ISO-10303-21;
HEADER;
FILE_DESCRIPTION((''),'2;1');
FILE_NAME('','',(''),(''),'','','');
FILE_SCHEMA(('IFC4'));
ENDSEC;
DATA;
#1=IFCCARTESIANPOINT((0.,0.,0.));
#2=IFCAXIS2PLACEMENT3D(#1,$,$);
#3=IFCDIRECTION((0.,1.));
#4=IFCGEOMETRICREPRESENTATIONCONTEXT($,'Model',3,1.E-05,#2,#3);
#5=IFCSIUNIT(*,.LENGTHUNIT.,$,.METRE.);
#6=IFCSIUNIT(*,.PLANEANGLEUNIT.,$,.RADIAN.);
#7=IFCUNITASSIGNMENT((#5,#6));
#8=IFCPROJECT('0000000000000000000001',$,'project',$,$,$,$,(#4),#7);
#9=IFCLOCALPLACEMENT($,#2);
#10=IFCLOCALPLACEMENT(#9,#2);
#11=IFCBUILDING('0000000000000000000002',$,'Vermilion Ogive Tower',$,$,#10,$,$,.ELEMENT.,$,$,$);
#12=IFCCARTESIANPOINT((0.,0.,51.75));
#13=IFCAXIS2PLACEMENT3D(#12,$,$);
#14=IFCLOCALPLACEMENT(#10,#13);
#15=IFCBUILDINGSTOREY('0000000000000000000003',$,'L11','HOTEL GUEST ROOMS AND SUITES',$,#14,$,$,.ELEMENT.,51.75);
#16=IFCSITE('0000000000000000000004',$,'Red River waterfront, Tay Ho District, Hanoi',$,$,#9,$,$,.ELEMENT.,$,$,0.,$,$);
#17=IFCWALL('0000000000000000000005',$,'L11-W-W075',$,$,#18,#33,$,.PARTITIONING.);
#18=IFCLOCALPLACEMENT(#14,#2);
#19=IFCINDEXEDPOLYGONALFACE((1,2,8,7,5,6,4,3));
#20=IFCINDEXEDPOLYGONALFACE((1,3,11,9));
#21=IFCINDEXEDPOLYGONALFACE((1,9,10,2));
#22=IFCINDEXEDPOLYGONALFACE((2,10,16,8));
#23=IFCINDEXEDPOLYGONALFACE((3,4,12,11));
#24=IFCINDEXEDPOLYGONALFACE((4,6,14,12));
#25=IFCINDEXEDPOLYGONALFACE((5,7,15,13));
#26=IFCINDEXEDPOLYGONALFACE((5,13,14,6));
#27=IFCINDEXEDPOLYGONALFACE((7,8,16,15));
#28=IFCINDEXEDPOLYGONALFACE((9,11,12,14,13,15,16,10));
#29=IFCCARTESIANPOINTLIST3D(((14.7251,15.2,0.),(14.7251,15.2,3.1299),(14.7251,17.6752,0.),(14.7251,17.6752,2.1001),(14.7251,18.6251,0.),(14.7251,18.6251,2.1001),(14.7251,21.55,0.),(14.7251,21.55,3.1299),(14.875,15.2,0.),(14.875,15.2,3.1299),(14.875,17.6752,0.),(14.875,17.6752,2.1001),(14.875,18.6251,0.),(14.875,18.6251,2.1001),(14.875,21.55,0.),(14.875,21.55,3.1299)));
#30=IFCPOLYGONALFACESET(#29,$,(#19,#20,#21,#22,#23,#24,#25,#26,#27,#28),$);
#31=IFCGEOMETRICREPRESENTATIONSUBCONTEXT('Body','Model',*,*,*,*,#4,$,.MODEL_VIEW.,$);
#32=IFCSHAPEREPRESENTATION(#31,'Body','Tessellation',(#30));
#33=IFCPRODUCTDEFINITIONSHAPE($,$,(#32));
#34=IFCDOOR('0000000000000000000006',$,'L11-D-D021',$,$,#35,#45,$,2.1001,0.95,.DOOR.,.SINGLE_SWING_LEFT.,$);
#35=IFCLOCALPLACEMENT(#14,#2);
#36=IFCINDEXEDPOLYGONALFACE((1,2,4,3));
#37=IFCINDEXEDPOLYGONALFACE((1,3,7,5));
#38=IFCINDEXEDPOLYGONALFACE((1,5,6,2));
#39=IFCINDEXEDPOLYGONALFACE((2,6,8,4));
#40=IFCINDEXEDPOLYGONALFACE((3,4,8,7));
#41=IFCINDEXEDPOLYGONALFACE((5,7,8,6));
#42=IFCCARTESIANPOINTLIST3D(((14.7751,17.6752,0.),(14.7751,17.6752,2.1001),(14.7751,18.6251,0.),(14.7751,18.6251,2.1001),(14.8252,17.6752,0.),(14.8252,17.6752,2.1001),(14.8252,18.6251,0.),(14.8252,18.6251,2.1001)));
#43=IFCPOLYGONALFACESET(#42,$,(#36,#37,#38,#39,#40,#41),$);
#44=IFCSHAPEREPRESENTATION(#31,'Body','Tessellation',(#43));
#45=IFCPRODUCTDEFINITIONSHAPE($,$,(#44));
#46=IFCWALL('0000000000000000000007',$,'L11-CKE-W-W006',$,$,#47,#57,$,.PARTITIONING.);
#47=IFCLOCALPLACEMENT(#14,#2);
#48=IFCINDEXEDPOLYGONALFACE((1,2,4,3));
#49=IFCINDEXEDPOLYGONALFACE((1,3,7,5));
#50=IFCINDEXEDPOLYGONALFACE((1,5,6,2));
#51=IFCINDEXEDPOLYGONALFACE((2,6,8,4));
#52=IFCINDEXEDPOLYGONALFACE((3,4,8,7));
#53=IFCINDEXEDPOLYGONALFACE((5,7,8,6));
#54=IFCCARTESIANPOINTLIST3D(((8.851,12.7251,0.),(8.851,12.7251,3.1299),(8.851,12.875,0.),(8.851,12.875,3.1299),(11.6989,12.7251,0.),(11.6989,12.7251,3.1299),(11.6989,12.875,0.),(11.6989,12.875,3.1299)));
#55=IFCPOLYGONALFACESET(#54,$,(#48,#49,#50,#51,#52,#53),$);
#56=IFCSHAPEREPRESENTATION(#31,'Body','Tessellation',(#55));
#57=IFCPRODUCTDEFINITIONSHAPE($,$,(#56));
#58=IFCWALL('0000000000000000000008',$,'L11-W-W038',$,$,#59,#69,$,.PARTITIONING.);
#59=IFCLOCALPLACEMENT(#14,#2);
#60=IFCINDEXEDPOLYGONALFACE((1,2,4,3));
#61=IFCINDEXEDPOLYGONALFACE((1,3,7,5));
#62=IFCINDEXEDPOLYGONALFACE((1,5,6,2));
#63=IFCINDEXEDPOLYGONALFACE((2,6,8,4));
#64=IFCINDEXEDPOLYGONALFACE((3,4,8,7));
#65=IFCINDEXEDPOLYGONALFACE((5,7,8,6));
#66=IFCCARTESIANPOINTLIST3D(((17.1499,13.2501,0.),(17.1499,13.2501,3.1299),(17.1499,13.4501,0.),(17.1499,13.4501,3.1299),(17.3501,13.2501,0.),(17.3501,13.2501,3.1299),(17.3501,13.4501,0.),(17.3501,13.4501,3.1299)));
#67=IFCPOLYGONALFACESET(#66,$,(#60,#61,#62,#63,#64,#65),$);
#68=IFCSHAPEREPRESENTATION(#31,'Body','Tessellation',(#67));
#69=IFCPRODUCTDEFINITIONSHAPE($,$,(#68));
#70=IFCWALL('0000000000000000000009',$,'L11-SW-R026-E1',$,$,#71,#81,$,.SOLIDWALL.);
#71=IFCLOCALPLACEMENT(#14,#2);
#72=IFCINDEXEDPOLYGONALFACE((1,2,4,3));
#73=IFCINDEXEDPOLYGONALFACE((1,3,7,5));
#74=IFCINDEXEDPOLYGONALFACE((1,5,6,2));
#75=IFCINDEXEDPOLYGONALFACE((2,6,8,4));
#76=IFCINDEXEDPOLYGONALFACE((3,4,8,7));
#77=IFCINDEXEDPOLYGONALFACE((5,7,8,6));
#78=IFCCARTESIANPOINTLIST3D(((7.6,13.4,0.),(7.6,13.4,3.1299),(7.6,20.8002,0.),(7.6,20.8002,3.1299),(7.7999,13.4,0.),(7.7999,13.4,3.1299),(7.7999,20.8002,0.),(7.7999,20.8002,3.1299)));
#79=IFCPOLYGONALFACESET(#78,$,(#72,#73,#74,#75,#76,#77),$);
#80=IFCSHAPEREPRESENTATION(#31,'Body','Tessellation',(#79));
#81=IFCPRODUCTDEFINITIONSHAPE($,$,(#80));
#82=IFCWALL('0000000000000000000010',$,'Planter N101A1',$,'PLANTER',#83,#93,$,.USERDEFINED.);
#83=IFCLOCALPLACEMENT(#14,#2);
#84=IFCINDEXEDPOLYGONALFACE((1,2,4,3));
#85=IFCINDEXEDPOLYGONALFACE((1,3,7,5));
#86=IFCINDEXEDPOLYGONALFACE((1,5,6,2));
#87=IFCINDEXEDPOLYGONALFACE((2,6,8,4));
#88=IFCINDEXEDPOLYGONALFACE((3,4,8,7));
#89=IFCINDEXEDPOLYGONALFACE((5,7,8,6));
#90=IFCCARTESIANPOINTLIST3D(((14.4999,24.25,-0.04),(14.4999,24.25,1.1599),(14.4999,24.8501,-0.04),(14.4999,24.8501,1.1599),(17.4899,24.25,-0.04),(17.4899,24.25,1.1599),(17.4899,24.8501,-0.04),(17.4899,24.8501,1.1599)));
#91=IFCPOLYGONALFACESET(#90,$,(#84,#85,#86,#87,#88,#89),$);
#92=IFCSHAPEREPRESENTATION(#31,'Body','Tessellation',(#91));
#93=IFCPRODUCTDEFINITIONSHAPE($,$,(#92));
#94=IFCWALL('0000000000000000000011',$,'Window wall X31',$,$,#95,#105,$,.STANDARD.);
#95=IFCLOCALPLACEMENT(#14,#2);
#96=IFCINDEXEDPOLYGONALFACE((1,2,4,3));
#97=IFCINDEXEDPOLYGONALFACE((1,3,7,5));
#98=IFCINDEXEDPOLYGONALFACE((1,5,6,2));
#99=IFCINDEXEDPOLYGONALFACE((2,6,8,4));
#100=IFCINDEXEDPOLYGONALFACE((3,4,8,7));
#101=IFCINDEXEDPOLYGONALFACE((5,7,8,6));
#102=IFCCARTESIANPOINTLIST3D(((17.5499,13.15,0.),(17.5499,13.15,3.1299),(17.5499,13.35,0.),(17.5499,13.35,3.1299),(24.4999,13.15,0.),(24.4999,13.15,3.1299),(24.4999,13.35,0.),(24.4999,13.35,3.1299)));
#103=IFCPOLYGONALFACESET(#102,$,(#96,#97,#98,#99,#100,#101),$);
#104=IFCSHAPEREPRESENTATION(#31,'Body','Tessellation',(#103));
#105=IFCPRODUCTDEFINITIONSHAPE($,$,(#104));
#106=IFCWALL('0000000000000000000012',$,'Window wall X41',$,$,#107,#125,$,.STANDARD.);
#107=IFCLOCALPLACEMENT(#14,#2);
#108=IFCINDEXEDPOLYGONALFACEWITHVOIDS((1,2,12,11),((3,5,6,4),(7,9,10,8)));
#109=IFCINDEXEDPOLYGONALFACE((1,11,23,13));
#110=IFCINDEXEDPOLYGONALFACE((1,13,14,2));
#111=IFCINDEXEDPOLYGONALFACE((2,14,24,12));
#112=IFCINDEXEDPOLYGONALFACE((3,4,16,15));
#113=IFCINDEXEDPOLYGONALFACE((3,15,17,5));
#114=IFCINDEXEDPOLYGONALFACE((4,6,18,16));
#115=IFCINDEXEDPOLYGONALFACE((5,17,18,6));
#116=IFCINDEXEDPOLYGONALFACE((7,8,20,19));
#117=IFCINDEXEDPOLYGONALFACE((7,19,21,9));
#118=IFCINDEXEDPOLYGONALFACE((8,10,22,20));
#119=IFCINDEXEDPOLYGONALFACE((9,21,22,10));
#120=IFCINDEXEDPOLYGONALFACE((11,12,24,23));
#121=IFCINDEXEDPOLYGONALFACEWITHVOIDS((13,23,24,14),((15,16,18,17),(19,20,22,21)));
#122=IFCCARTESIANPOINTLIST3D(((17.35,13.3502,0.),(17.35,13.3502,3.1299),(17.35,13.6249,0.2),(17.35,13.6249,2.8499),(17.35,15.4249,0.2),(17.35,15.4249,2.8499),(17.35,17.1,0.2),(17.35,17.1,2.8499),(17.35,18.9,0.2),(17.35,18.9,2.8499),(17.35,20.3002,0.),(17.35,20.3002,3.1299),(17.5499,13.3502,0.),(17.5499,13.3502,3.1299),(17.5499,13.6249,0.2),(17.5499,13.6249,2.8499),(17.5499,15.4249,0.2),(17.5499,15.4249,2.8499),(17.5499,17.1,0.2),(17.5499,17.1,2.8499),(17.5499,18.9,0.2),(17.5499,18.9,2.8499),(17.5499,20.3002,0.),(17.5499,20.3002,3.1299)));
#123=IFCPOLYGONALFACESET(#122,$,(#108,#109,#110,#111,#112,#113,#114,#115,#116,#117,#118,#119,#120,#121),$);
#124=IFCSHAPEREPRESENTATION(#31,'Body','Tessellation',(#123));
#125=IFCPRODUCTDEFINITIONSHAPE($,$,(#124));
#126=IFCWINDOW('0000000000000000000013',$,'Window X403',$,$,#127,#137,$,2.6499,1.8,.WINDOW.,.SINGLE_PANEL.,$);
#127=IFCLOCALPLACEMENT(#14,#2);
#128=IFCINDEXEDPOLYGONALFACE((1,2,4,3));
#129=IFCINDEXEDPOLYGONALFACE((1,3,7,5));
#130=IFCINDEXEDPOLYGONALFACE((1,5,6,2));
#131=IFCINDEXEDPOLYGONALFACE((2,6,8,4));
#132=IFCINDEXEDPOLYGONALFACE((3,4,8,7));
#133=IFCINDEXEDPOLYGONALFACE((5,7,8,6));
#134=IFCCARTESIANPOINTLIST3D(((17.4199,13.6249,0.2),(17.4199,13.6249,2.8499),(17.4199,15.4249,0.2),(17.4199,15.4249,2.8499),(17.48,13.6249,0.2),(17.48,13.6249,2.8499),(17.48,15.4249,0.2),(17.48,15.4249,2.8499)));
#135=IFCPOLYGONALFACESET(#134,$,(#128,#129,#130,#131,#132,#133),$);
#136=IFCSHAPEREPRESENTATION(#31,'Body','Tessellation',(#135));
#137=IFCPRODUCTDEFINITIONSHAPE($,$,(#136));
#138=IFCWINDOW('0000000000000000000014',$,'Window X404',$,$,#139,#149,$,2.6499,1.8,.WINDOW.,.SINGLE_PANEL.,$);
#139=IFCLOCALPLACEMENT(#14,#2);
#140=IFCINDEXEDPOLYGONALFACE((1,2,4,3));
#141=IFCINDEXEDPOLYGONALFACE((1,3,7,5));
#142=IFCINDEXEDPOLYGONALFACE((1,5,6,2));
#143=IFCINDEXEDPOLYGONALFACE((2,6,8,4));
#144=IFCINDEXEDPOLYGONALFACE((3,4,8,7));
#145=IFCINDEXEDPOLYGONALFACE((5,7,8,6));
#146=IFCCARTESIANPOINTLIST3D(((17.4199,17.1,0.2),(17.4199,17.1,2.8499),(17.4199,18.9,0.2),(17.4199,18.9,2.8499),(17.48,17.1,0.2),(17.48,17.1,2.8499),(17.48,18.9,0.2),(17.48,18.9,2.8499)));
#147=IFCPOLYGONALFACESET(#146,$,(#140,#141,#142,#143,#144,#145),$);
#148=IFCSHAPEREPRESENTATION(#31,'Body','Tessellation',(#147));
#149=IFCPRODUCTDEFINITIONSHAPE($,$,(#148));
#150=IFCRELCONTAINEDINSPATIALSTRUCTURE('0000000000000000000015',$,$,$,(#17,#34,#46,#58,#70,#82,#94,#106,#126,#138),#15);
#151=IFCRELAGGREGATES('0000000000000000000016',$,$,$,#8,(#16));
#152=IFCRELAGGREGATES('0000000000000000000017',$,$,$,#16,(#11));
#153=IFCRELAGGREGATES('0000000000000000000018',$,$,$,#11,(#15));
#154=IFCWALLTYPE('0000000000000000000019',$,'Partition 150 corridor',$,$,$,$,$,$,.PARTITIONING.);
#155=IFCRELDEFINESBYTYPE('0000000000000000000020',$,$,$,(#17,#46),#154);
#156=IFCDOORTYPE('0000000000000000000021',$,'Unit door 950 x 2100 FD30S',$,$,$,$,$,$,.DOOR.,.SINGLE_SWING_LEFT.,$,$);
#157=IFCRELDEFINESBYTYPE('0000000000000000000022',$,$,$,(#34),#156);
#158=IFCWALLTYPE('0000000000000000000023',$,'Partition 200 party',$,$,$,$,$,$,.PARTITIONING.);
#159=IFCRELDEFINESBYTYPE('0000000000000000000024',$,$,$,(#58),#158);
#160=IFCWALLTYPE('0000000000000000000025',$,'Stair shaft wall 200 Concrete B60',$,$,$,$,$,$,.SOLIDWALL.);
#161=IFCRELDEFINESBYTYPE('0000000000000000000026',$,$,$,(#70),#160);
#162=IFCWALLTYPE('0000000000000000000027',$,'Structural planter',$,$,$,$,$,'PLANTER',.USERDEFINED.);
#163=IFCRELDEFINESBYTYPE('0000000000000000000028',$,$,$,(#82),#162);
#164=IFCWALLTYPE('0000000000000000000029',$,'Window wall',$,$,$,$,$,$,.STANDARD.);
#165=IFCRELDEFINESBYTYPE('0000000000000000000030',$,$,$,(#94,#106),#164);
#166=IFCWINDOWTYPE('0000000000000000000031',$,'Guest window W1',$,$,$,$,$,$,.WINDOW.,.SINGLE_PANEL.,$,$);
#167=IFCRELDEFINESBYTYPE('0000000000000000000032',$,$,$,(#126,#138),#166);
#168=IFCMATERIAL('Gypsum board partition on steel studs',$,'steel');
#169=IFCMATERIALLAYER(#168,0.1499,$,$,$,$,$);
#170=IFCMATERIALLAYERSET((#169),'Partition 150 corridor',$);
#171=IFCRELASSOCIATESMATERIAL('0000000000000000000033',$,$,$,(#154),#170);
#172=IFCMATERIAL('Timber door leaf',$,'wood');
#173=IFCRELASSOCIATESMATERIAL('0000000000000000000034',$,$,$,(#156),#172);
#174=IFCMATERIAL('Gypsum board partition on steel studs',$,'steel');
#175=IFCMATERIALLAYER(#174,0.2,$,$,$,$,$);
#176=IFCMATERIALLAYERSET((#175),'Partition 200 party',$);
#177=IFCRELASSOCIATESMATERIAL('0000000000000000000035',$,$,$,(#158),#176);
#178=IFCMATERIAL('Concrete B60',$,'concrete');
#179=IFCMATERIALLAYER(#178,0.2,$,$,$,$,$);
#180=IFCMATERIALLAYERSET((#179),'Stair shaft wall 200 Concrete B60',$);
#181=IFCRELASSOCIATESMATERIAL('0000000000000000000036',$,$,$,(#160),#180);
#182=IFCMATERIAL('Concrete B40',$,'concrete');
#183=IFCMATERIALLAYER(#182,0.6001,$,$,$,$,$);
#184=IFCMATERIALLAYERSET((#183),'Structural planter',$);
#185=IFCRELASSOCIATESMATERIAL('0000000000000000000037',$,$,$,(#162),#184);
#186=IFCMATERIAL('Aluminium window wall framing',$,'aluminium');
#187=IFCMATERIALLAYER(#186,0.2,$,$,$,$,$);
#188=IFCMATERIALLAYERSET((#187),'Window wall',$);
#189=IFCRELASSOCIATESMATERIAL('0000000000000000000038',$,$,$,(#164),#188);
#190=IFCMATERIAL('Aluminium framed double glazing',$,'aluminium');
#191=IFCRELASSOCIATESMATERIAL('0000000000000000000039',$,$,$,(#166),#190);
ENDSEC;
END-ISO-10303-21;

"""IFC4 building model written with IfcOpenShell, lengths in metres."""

from ifc_helpers import new_model, si_unit, direction, frame, frame_2d, origin, place, context, subcontext, project, spatial, rectangle, extrude, material, layer, layer_set, type_object, element, fill, save


model = new_model("IFC4")

# Units and contexts
model_context = context("Model", 3, precision=1e-05, world=origin(), true_north=direction((0.0, 1.0)))
body_context = subcontext(model_context, "Body", "Model", "MODEL_VIEW")
ifc_project = project(units=[si_unit("LENGTHUNIT", "METRE"), si_unit("PLANEANGLEUNIT", "RADIAN")], contexts=[model_context])

# Site, building, storey
site_placement = place(None, origin())
site = spatial("IfcSite", under=ifc_project, at=site_placement, Name="Red River waterfront, Tay Ho District, Hanoi", CompositionType="ELEMENT", RefElevation=0.0)
building_placement = place(site_placement, origin())
building = spatial("IfcBuilding", under=site, at=building_placement, Name="Vermilion Ogive Tower", CompositionType="ELEMENT")
storey_placement = place(building_placement, frame((0.0, 0.0, 51.75)))
storey = spatial("IfcBuildingStorey", under=building, at=storey_placement, Name="L11", Description="HOTEL GUEST ROOMS AND SUITES", CompositionType="ELEMENT", Elevation=51.75)

# Shared definitions
ifc_material_1 = material(Name="Gypsum board partition on steel studs", Category="steel")
ifc_layer_1 = layer(ifc_material_1, 0.1499)
ifc_layer_set_1 = layer_set([ifc_layer_1], Name="Partition 150 corridor")
wall_type_1 = type_object("IfcWallType", Name="Partition 150 corridor", PredefinedType="PARTITIONING", material=ifc_layer_set_1)

# Wall, opening, door
wall_1_placement = place(storey_placement, frame((14.8, 15.2, 0.0), z_axis=(0.0, 0.0, 1.0), x_axis=(0.0, 1.0, 0.0)))
wall_1 = element("IfcWall", 1, at=wall_1_placement, inside=storey, type_object=wall_type_1, Name="L11-W-W075", PredefinedType="PARTITIONING", context=body_context, shape_type="SweptSolid", body=[
    extrude(rectangle(XDim=6.3501, YDim=0.1499, at=frame_2d((3.175, 0.0))), origin(), (0.0, 0.0, 1.0), 3.1299),
])
opening_1_placement = place(wall_1_placement, frame((2.4751, 0.0, 0.0)))
opening_1 = element("IfcOpeningElement", 2, at=opening_1_placement, cuts=wall_1, PredefinedType="OPENING", context=body_context, shape_type="SweptSolid", body=[
    extrude(rectangle(XDim=0.95, YDim=2.1001, at=frame_2d((0.4751, 1.05))), frame((0.0, 0.085, 0.0), z_axis=(0.0, -1.0, 0.0), x_axis=(1.0, 0.0, 0.0)), (0.0, 0.0, 1.0), 0.1699),
])
ifc_material_2 = material(Name="Timber door leaf", Category="wood")
door_type_1 = type_object("IfcDoorType", Name="Unit door 950 x 2100 FD30S", OperationType="SINGLE_SWING_LEFT", PredefinedType="DOOR", material=ifc_material_2)
door_1_placement = place(opening_1_placement, origin())
door_1 = element("IfcDoor", 3, at=door_1_placement, inside=storey, type_object=door_type_1, Name="L11-D-D021", OperationType="SINGLE_SWING_LEFT", OverallHeight=2.1001, OverallWidth=0.95, PredefinedType="DOOR", context=body_context, shape_type="SweptSolid", body=[
    extrude(rectangle(XDim=0.95, YDim=2.1001, at=frame_2d((0.4751, 1.05))), frame((0.0, 0.0249, 0.0), z_axis=(0.0, -1.0, 0.0), x_axis=(1.0, 0.0, 0.0)), (0.0, 0.0, 1.0), 0.05),
])
fill(opening_1, door_1)

# Walls
wall_2_placement = place(storey_placement, frame((8.8511, 12.8, 0.0), z_axis=(0.0, 0.0, 1.0), x_axis=(1.0, 0.0, 0.0)))
element("IfcWall", 4, at=wall_2_placement, inside=storey, type_object=wall_type_1, Name="L11-CKE-W-W006", PredefinedType="PARTITIONING", context=body_context, shape_type="SweptSolid", body=[
    extrude(rectangle(XDim=2.8479, YDim=0.1499, at=frame_2d((1.4238, 0.0))), origin(), (0.0, 0.0, 1.0), 3.1299),
])
ifc_material_3 = material(Name="Gypsum board partition on steel studs", Category="steel")
ifc_layer_2 = layer(ifc_material_3, 0.2)
ifc_layer_set_2 = layer_set([ifc_layer_2], Name="Partition 200 party")
wall_type_2 = type_object("IfcWallType", Name="Partition 200 party", PredefinedType="PARTITIONING", material=ifc_layer_set_2)
wall_3_placement = place(storey_placement, frame((17.1499, 13.3501, 0.0), z_axis=(0.0, 0.0, 1.0), x_axis=(1.0, 0.0, 0.0)))
element("IfcWall", 5, at=wall_3_placement, inside=storey, type_object=wall_type_2, Name="L11-W-W038", PredefinedType="PARTITIONING", context=body_context, shape_type="SweptSolid", body=[
    extrude(rectangle(XDim=0.2002, YDim=0.2, at=frame_2d((0.1001, 0.0))), origin(), (0.0, 0.0, 1.0), 3.1299),
])
ifc_material_4 = material(Name="Concrete B60", Category="concrete")
ifc_layer_3 = layer(ifc_material_4, 0.2)
ifc_layer_set_3 = layer_set([ifc_layer_3], Name="Stair shaft wall 200 Concrete B60")
wall_type_3 = type_object("IfcWallType", Name="Stair shaft wall 200 Concrete B60", PredefinedType="SOLIDWALL", material=ifc_layer_set_3)
wall_4_placement = place(storey_placement, frame((7.7, 13.3999, 0.0), z_axis=(0.0, 0.0, 1.0), x_axis=(0.0, 1.0, 0.0)))
element("IfcWall", 6, at=wall_4_placement, inside=storey, type_object=wall_type_3, Name="L11-SW-R026-E1", PredefinedType="SOLIDWALL", context=body_context, shape_type="SweptSolid", body=[
    extrude(rectangle(XDim=7.4001, YDim=0.2, at=frame_2d((3.7002, 0.0))), origin(), (0.0, 0.0, 1.0), 3.1299),
])
ifc_material_5 = material(Name="Concrete B40", Category="concrete")
ifc_layer_4 = layer(ifc_material_5, 0.6001)
ifc_layer_set_4 = layer_set([ifc_layer_4], Name="Structural planter")
wall_type_4 = type_object("IfcWallType", Name="Structural planter", ElementType="PLANTER", PredefinedType="USERDEFINED", material=ifc_layer_set_4)
wall_5_placement = place(storey_placement, frame((17.49, 24.55, -0.04), z_axis=(0.0, 0.0, 1.0), x_axis=(-1.0, 0.0, 0.0)))
element("IfcWall", 7, at=wall_5_placement, inside=storey, type_object=wall_type_4, Name="Planter N101A1", ObjectType="PLANTER", PredefinedType="USERDEFINED", context=body_context, shape_type="SweptSolid", body=[
    extrude(rectangle(XDim=2.99, YDim=0.6001, at=frame_2d((1.4951, 0.0))), origin(), (0.0, 0.0, 1.0), 1.2),
])
ifc_material_6 = material(Name="Aluminium window wall framing", Category="aluminium")
ifc_layer_5 = layer(ifc_material_6, 0.2)
ifc_layer_set_5 = layer_set([ifc_layer_5], Name="Window wall")
wall_type_5 = type_object("IfcWallType", Name="Window wall", PredefinedType="STANDARD", material=ifc_layer_set_5)
wall_6_placement = place(storey_placement, frame((24.5, 13.25, 0.0), z_axis=(0.0, 0.0, 1.0), x_axis=(-1.0, 0.0, 0.0)))
element("IfcWall", 8, at=wall_6_placement, inside=storey, type_object=wall_type_5, Name="Window wall X31", PredefinedType="STANDARD", context=body_context, shape_type="SweptSolid", body=[
    extrude(rectangle(XDim=6.95, YDim=0.2, at=frame_2d((3.4751, 0.0))), origin(), (0.0, 0.0, 1.0), 3.1299),
])

# Wall, openings, windows
wall_7_placement = place(storey_placement, frame((17.45, 13.3501, 0.0), z_axis=(0.0, 0.0, 1.0), x_axis=(0.0, 1.0, 0.0)))
wall_7 = element("IfcWall", 9, at=wall_7_placement, inside=storey, type_object=wall_type_5, Name="Window wall X41", PredefinedType="STANDARD", context=body_context, shape_type="SweptSolid", body=[
    extrude(rectangle(XDim=6.95, YDim=0.2, at=frame_2d((3.4751, 0.0))), origin(), (0.0, 0.0, 1.0), 3.1299),
])
opening_2_placement = place(wall_7_placement, frame((0.2749, 0.0, 0.2)))
opening_2 = element("IfcOpeningElement", 10, at=opening_2_placement, cuts=wall_7, PredefinedType="OPENING", context=body_context, shape_type="SweptSolid", body=[
    extrude(rectangle(XDim=1.8, YDim=2.6499, at=frame_2d((0.8999, 1.325))), frame((0.0, 0.1099, 0.0), z_axis=(0.0, -1.0, 0.0), x_axis=(1.0, 0.0, 0.0)), (0.0, 0.0, 1.0), 0.22),
])
opening_3_placement = place(wall_7_placement, frame((3.75, 0.0, 0.2)))
opening_3 = element("IfcOpeningElement", 11, at=opening_3_placement, cuts=wall_7, PredefinedType="OPENING", context=body_context, shape_type="SweptSolid", body=[
    extrude(rectangle(XDim=1.8, YDim=2.6499, at=frame_2d((0.8999, 1.325))), frame((0.0, 0.1099, 0.0), z_axis=(0.0, -1.0, 0.0), x_axis=(1.0, 0.0, 0.0)), (0.0, 0.0, 1.0), 0.22),
])
ifc_material_7 = material(Name="Aluminium framed double glazing", Category="aluminium")
window_type = type_object("IfcWindowType", Name="Guest window W1", PartitioningType="SINGLE_PANEL", PredefinedType="WINDOW", material=ifc_material_7)
window_1_placement = place(opening_2_placement, origin())
window_1 = element("IfcWindow", 12, at=window_1_placement, inside=storey, type_object=window_type, Name="Window X403", OverallHeight=2.6499, OverallWidth=1.8, PartitioningType="SINGLE_PANEL", PredefinedType="WINDOW", context=body_context, shape_type="SweptSolid", body=[
    extrude(rectangle(XDim=1.8, YDim=2.6499, at=frame_2d((0.8999, 1.325))), frame((0.0, 0.03, 0.0), z_axis=(0.0, -1.0, 0.0), x_axis=(1.0, 0.0, 0.0)), (0.0, 0.0, 1.0), 0.0601),
])
fill(opening_2, window_1)
window_2_placement = place(opening_3_placement, origin())
window_2 = element("IfcWindow", 13, at=window_2_placement, inside=storey, type_object=window_type, Name="Window X404", OverallHeight=2.6499, OverallWidth=1.8, PartitioningType="SINGLE_PANEL", PredefinedType="WINDOW", context=body_context, shape_type="SweptSolid", body=[
    extrude(rectangle(XDim=1.8, YDim=2.6499, at=frame_2d((0.8999, 1.325))), frame((0.0, 0.03, 0.0), z_axis=(0.0, -1.0, 0.0), x_axis=(1.0, 0.0, 0.0)), (0.0, 0.0, 1.0), 0.0601),
])
fill(opening_3, window_2)

save(model, "model.ifc")
